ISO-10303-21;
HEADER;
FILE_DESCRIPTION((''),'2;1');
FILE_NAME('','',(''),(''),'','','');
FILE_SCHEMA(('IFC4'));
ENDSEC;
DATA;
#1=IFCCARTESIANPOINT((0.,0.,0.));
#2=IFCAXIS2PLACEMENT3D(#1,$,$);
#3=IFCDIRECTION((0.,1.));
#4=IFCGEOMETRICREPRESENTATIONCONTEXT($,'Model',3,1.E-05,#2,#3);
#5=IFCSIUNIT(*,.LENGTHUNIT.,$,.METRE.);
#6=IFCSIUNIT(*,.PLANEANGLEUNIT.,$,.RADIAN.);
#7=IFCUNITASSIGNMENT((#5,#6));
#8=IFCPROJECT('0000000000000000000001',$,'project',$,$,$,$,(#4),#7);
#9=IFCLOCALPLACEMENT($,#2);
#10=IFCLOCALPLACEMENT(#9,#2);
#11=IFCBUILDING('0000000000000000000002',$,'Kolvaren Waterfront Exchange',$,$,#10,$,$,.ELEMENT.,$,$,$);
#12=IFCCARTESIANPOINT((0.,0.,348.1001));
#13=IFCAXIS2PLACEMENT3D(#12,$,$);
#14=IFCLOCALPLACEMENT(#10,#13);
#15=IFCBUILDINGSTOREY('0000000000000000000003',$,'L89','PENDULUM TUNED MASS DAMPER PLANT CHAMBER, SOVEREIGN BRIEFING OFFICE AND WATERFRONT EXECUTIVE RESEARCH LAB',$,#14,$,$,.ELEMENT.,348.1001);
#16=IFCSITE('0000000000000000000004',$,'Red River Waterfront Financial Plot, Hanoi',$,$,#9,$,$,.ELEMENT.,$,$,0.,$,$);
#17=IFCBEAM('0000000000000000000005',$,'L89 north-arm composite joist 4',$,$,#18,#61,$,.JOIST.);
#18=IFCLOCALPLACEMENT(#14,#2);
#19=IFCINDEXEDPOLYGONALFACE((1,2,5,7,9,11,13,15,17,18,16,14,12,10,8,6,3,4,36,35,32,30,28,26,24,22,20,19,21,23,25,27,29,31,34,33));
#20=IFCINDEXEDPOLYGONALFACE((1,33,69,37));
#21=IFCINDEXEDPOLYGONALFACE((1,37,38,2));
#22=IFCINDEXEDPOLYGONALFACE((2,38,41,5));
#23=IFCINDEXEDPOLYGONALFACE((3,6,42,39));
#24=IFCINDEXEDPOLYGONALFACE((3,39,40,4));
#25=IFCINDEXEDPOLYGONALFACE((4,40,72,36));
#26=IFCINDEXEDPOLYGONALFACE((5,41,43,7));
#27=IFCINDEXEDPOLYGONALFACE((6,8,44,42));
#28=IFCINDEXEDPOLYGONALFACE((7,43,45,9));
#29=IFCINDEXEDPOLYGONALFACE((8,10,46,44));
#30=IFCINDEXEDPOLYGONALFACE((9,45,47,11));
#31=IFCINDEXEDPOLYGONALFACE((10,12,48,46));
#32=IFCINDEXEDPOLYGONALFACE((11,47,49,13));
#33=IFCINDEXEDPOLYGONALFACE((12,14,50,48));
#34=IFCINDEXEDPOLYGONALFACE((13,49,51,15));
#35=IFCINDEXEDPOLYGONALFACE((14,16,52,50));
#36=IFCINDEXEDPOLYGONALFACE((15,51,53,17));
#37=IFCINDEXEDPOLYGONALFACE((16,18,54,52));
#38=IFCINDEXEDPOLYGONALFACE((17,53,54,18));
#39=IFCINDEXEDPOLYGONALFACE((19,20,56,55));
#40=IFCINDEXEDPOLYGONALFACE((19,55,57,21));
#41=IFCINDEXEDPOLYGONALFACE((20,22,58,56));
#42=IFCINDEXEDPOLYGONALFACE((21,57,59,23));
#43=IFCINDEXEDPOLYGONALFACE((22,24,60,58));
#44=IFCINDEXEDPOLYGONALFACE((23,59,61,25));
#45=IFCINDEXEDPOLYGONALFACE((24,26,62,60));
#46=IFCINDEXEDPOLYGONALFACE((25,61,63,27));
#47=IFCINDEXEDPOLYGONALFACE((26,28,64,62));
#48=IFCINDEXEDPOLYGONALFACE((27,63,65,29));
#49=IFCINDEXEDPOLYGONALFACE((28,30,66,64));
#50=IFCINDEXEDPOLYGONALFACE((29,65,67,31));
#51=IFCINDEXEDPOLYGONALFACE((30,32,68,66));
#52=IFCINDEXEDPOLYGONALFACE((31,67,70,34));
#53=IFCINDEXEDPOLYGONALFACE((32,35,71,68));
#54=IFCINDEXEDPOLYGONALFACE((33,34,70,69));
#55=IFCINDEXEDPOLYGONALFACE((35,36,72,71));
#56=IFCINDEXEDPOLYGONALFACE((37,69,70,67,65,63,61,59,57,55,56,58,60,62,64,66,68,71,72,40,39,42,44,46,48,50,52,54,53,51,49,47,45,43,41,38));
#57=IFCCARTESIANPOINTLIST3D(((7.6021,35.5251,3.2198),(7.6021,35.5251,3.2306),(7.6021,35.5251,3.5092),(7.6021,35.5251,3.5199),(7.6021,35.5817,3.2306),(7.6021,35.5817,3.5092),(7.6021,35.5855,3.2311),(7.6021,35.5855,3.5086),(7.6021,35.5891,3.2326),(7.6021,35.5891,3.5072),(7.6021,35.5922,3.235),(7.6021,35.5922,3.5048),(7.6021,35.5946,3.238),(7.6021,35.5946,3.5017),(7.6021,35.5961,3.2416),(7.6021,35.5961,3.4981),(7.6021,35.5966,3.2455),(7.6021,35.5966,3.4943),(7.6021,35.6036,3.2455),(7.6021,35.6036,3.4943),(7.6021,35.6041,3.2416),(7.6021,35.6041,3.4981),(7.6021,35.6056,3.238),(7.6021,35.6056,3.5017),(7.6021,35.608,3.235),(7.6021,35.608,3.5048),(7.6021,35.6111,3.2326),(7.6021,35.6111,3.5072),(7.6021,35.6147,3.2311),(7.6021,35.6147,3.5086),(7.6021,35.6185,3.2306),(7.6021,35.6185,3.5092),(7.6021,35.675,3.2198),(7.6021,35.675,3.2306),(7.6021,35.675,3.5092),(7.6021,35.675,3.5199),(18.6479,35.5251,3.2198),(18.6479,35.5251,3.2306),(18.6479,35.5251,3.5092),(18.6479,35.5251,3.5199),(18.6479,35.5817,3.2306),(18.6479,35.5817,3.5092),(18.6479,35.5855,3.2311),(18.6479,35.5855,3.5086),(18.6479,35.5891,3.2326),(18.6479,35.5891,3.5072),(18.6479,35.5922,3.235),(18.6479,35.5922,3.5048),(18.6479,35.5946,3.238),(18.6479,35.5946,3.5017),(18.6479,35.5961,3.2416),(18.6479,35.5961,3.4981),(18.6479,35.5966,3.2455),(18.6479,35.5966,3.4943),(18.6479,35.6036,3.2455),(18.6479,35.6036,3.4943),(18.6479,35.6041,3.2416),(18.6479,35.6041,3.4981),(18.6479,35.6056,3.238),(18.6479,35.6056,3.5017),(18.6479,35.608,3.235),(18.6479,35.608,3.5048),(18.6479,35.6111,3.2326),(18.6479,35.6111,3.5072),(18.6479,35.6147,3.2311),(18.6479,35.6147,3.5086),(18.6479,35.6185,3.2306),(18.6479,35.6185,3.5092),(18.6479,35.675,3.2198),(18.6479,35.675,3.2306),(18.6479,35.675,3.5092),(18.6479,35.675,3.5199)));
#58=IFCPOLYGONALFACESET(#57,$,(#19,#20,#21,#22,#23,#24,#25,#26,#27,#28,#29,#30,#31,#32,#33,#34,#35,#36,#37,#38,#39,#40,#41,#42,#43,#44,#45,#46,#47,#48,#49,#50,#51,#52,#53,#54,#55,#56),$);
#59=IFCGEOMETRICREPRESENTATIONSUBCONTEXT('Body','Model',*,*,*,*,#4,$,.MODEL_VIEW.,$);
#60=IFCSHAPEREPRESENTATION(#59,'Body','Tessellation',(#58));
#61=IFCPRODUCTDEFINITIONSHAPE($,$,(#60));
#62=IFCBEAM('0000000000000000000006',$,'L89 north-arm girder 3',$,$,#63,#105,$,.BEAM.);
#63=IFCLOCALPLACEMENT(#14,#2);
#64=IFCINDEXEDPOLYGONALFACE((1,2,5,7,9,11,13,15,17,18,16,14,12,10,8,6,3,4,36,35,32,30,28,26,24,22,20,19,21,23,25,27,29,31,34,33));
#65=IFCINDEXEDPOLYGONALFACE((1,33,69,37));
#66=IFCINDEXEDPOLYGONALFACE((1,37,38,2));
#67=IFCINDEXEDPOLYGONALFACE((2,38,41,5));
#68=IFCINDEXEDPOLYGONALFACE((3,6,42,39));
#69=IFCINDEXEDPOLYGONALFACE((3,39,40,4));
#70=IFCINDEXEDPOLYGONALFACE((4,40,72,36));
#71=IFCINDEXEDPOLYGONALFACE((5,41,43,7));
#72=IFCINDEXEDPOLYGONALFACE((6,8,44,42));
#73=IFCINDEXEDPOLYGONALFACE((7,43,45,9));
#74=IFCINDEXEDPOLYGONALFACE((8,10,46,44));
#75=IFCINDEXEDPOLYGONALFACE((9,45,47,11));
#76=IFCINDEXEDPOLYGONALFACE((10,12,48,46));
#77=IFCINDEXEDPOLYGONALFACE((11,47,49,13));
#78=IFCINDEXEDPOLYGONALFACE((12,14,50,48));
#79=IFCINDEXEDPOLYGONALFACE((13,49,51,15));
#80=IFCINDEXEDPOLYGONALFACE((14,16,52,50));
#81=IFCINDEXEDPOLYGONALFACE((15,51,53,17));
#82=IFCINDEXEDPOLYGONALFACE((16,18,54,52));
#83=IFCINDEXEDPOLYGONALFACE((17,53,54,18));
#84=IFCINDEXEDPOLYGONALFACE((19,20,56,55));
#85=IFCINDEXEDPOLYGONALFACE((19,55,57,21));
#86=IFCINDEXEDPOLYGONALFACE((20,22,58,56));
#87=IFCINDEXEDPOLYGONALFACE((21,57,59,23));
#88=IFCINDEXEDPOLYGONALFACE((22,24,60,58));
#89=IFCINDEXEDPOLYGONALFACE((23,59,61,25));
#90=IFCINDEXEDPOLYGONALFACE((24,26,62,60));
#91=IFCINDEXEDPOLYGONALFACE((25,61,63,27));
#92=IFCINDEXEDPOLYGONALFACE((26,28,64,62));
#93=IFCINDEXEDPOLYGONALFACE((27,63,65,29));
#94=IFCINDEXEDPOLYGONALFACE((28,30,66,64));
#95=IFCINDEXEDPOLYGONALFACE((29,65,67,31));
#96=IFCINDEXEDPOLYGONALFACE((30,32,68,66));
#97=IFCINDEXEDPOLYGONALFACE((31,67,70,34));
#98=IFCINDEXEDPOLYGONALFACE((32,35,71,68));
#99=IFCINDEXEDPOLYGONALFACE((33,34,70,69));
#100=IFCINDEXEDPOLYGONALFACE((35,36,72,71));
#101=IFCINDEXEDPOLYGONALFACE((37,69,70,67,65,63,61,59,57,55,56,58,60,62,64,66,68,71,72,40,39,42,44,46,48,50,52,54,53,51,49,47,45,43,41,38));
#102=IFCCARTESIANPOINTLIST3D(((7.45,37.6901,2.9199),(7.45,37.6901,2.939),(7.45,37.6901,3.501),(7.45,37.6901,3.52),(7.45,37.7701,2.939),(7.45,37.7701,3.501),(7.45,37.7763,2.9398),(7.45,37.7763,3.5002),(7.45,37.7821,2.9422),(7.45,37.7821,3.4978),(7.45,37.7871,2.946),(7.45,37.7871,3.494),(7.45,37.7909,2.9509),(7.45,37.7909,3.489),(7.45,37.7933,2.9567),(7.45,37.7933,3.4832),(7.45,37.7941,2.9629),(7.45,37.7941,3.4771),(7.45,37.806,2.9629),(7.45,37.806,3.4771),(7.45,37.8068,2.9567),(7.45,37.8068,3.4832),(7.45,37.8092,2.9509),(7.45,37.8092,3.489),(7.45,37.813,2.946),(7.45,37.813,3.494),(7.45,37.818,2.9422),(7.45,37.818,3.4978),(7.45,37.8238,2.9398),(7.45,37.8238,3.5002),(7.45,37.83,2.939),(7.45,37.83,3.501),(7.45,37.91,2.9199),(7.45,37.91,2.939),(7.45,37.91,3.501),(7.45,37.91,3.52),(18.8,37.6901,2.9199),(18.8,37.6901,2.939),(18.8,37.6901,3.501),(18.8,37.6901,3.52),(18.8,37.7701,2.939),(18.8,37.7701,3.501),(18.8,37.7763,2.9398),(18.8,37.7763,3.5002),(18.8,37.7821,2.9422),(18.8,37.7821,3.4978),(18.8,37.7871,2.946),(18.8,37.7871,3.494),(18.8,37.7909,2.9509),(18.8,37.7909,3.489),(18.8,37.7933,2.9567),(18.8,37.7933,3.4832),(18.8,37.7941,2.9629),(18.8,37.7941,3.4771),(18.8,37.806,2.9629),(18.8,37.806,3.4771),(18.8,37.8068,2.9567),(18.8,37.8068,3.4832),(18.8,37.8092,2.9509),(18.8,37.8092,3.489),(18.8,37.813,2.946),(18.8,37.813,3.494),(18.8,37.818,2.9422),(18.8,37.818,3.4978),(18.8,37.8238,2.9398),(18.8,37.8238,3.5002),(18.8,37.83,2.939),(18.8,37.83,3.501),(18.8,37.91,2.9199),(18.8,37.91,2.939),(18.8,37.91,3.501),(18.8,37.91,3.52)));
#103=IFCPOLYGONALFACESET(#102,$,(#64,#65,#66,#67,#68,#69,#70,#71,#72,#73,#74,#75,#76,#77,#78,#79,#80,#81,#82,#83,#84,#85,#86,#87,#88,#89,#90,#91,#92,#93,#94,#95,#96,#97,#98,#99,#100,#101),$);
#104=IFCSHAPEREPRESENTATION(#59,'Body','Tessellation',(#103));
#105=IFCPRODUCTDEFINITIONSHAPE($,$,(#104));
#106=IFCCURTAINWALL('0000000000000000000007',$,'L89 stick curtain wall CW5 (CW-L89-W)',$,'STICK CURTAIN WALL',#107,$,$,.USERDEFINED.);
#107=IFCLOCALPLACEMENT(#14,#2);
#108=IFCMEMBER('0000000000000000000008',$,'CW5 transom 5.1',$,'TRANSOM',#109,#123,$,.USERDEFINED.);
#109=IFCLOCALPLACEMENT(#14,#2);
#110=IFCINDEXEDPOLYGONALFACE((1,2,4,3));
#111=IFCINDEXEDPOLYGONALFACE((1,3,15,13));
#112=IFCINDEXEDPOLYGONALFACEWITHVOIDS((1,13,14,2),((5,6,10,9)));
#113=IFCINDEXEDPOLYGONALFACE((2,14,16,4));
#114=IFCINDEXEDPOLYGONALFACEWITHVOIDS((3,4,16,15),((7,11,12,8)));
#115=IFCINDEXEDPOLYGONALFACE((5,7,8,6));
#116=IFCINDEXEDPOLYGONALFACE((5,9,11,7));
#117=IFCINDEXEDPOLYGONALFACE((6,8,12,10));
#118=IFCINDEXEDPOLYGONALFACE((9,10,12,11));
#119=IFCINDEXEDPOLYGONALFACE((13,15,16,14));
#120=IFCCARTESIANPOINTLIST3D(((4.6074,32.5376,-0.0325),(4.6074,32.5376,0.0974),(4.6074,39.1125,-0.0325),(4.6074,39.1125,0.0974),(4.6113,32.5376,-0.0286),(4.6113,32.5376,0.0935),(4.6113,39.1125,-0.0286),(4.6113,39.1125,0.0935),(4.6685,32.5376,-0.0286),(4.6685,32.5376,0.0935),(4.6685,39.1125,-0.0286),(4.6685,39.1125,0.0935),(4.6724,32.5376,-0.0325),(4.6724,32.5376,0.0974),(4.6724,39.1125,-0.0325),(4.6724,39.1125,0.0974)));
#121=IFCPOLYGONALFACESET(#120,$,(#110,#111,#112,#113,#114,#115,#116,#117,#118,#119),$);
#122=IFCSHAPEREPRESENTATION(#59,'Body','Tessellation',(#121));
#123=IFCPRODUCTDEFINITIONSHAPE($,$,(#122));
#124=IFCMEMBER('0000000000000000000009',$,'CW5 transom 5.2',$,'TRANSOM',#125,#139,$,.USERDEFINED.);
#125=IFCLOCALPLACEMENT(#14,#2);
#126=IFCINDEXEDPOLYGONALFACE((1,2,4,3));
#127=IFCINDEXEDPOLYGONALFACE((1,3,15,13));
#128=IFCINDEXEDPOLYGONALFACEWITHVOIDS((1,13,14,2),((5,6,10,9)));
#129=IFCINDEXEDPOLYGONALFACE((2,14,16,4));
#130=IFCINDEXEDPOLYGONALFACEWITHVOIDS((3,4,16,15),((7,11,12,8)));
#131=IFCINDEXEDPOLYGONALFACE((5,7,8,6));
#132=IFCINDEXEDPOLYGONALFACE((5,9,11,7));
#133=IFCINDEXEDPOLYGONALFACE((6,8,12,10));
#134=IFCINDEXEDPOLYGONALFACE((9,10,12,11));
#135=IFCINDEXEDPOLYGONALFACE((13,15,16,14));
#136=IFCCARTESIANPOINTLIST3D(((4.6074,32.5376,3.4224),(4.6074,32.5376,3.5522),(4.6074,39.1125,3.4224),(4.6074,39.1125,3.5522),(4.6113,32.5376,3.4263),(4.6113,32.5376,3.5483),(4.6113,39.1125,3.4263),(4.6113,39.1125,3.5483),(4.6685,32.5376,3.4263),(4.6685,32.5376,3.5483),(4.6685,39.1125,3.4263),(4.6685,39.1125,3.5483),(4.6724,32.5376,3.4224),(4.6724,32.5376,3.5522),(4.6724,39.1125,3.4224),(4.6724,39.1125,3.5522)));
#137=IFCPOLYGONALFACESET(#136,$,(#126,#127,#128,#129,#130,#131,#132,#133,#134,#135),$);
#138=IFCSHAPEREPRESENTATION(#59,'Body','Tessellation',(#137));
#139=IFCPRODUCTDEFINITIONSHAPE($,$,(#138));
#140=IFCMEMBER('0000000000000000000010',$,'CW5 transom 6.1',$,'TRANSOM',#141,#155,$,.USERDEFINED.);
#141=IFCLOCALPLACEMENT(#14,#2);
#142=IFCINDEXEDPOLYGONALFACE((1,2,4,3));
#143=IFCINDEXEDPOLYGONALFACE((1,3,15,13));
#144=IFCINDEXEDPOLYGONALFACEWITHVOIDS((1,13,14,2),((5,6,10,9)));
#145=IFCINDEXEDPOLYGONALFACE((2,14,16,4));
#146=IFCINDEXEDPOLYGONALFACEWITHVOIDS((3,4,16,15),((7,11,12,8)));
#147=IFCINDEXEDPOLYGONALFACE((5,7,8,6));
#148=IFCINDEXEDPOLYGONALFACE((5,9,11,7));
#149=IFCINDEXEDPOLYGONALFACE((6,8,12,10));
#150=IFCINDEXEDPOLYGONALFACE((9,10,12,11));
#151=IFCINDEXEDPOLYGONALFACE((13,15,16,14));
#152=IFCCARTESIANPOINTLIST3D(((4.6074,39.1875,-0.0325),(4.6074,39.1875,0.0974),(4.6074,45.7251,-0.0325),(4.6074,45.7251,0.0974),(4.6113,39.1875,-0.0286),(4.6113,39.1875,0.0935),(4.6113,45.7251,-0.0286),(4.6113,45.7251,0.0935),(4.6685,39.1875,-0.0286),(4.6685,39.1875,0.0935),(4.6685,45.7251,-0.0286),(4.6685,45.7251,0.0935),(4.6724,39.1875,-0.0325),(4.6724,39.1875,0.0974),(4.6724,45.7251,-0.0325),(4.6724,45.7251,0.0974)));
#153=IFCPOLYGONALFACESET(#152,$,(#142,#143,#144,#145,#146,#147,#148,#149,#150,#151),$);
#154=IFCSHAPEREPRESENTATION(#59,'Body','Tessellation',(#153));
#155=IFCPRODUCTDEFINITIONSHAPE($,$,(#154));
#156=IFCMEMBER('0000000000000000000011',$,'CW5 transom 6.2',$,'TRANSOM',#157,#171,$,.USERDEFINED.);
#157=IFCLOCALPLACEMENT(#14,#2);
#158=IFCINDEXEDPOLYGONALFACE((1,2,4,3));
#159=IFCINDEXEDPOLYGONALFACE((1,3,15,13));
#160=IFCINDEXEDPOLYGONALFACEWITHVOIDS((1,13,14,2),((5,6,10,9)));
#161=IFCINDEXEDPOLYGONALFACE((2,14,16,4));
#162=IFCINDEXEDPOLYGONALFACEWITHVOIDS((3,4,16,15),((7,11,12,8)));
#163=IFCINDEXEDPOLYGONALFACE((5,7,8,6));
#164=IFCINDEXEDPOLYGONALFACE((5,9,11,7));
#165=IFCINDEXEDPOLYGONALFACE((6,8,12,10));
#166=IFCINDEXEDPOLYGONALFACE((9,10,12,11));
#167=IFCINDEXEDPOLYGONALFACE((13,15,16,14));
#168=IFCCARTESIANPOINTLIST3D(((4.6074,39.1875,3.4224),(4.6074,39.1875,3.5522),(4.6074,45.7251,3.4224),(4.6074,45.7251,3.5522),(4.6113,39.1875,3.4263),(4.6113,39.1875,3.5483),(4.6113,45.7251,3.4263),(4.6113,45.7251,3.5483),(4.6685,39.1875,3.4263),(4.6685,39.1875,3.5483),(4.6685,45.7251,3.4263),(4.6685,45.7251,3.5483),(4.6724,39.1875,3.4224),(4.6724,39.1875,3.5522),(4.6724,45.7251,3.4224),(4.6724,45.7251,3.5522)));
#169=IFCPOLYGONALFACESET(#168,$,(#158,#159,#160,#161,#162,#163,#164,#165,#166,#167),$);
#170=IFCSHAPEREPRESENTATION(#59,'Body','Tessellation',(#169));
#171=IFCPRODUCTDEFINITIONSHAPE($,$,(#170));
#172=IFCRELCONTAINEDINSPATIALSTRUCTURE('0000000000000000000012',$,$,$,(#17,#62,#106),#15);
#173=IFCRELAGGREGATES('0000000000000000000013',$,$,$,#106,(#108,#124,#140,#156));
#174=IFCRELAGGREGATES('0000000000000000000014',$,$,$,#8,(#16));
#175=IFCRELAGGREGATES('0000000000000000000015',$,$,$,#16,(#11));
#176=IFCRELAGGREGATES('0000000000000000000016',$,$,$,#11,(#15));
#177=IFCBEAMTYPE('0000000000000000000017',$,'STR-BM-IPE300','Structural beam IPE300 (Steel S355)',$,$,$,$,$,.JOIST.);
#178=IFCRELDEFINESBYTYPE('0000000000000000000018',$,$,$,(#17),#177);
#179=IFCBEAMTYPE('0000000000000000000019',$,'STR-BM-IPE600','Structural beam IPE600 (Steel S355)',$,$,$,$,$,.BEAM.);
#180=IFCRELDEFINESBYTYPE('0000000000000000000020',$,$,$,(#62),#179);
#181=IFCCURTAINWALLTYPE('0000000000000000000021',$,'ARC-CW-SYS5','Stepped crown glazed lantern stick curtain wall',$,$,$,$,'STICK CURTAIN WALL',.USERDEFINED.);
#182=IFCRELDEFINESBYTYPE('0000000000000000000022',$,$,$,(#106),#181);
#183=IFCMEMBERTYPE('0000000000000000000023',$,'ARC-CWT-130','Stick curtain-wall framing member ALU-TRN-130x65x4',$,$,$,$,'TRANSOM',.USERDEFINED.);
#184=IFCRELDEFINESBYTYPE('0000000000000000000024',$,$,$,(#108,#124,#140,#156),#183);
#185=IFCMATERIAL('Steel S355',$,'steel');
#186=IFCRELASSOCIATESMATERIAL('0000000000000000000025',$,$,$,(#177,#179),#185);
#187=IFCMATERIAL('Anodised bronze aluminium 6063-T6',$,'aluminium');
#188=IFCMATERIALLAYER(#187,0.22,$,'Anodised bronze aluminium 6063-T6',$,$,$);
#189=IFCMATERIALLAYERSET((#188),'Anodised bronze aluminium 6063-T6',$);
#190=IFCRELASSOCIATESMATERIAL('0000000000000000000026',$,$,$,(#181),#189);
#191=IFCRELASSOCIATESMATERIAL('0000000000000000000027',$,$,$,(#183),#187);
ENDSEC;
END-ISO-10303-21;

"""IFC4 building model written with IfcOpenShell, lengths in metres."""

from ifc_helpers import new_model, si_unit, direction, frame, origin, origin_with_axes, origin_2d, place, context, subcontext, project, spatial, hollow_rectangle, i_section, extrude, source, transform, mapped, material, layer, layer_set, material_profile, profile_set, type_object, element, aggregate, save


model = new_model("IFC4")

# Units and contexts
model_context = context("Model", 3, precision=1e-05, world=origin(), true_north=direction((0.0, 1.0)))
body_context = subcontext(model_context, "Body", "Model", "MODEL_VIEW")
ifc_project = project(units=[si_unit("LENGTHUNIT", "METRE"), si_unit("PLANEANGLEUNIT", "RADIAN")], contexts=[model_context])

# Site, building, storey
site_placement = place(None, origin())
site = spatial("IfcSite", under=ifc_project, at=site_placement, Name="Red River Waterfront Financial Plot, Hanoi", CompositionType="ELEMENT", RefElevation=0.0)
building_placement = place(site_placement, origin())
building = spatial("IfcBuilding", under=site, at=building_placement, Name="Kolvaren Waterfront Exchange", CompositionType="ELEMENT")
storey_placement = place(building_placement, frame((0.0, 0.0, 348.1001)))
storey = spatial("IfcBuildingStorey", under=building, at=storey_placement, Name="L89", Description="PENDULUM TUNED MASS DAMPER PLANT CHAMBER, SOVEREIGN BRIEFING OFFICE AND WATERFRONT EXECUTIVE RESEARCH LAB", CompositionType="ELEMENT", Elevation=348.1001)

# Beams
ifc_material_1 = material(Name="Steel S355", Category="steel")
ifc_material_profile_1 = material_profile(ifc_material_1, i_section(OverallWidth=0.1499, OverallDepth=0.3, WebThickness=0.0071, FlangeThickness=0.0107, FilletRadius=0.0149, at=origin_2d()), Name="IPE300")
ifc_profile_set_1 = profile_set([ifc_material_profile_1], Name="Steel S355")
beam_type_1 = type_object("IfcBeamType", Name="STR-BM-IPE300", Description="Structural beam IPE300 (Steel S355)", PredefinedType="JOIST", material=ifc_profile_set_1)
for number, where, z_axis, x_axis, name in (
    (1, (7.6021, 35.6001, 3.3699), (1.0, 0.0, 0.0), (0.0, 1.0, 0.0), "L89 north-arm composite joist 4"),
):
    element("IfcBeam", number, at=place(storey_placement, frame(where, z_axis=z_axis, x_axis=x_axis)), inside=storey, type_object=beam_type_1, Name=name, PredefinedType="JOIST", context=body_context, shape_type="SweptSolid", body=[
        extrude(i_section(OverallWidth=0.1499, OverallDepth=0.3, WebThickness=0.0071, FlangeThickness=0.0107, FilletRadius=0.0149, at=origin_2d()), origin(), (0.0, 0.0, 1.0), 11.0459),
    ])
ifc_material_profile_2 = material_profile(ifc_material_1, i_section(OverallWidth=0.22, OverallDepth=0.6001, WebThickness=0.012, FlangeThickness=0.019, FilletRadius=0.0239, at=origin_2d()), Name="IPE600")
ifc_profile_set_2 = profile_set([ifc_material_profile_2], Name="Steel S355")
beam_type_2 = type_object("IfcBeamType", Name="STR-BM-IPE600", Description="Structural beam IPE600 (Steel S355)", PredefinedType="BEAM", material=ifc_profile_set_2)
beam_1_placement = place(storey_placement, frame((7.45, 37.8, 3.22), z_axis=(1.0, 0.0, 0.0), x_axis=(0.0, 1.0, 0.0)))
element("IfcBeam", 2, at=beam_1_placement, inside=storey, type_object=beam_type_2, Name="L89 north-arm girder 3", PredefinedType="BEAM", context=body_context, shape_type="SweptSolid", body=[
    extrude(i_section(OverallWidth=0.22, OverallDepth=0.6001, WebThickness=0.012, FlangeThickness=0.019, FilletRadius=0.0239, at=origin_2d()), origin(), (0.0, 0.0, 1.0), 11.3501),
])

# Curtain wall, members
ifc_material_2 = material(Name="Anodised bronze aluminium 6063-T6", Category="aluminium")
ifc_layer_1 = layer(ifc_material_2, 0.22, Name="Anodised bronze aluminium 6063-T6")
ifc_layer_set_1 = layer_set([ifc_layer_1], Name="Anodised bronze aluminium 6063-T6")
curtain_wall_type = type_object("IfcCurtainWallType", Name="ARC-CW-SYS5", Description="Stepped crown glazed lantern stick curtain wall", ElementType="STICK CURTAIN WALL", PredefinedType="USERDEFINED", material=ifc_layer_set_1)
curtain_wall_placement = place(storey_placement, origin())
curtain_wall = element("IfcCurtainWall", 3, at=curtain_wall_placement, inside=storey, type_object=curtain_wall_type, Name="L89 stick curtain wall CW5 (CW-L89-W)", ObjectType="STICK CURTAIN WALL", PredefinedType="USERDEFINED")
ifc_material_profile_3 = material_profile(ifc_material_2, hollow_rectangle(XDim=0.0649, YDim=0.1299, WallThickness=0.0039, at=origin_2d()), Name="ALU-TRN-130x65x4")
ifc_profile_set_3 = profile_set([ifc_material_profile_3], Name="Anodised bronze aluminium 6063-T6")
member_type_1 = type_object("IfcMemberType", Name="ARC-CWT-130", Description="Stick curtain-wall framing member ALU-TRN-130x65x4", ElementType="TRANSOM", PredefinedType="USERDEFINED", material=ifc_profile_set_3)
shared_shape_1 = source(origin_with_axes(), body_context, "Body", "SweptSolid", [
    extrude(hollow_rectangle(XDim=0.0649, YDim=0.1299, WallThickness=0.0039, at=origin_2d()), origin(), (0.0, 0.0, 1.0), 6.575),
])
member_1_placement = place(storey_placement, frame((4.6399, 32.5376, 0.0325), z_axis=(0.0, 1.0, 0.0), x_axis=(-1.0, 0.0, 0.0)))
member_1 = element("IfcMember", 4, at=member_1_placement, type_object=member_type_1, Name="CW5 transom 5.1", ObjectType="TRANSOM", PredefinedType="USERDEFINED", context=body_context, shape_type="MappedRepresentation", body=[
    mapped(shared_shape_1, transform((0.0, 0.0, 0.0), x_axis=(1.0, 0.0, 0.0), y_axis=(0.0, 1.0, 0.0), z_axis=(0.0, 0.0, 1.0), scale=1.0)),
])
member_2_placement = place(storey_placement, frame((4.6399, 32.5376, 3.4873), z_axis=(0.0, 1.0, 0.0), x_axis=(-1.0, 0.0, 0.0)))
member_2 = element("IfcMember", 5, at=member_2_placement, type_object=member_type_1, Name="CW5 transom 5.2", ObjectType="TRANSOM", PredefinedType="USERDEFINED", context=body_context, shape_type="MappedRepresentation", body=[
    mapped(shared_shape_1, transform((0.0, 0.0, 0.0), x_axis=(1.0, 0.0, 0.0), y_axis=(0.0, 1.0, 0.0), z_axis=(0.0, 0.0, 1.0), scale=1.0)),
])
shared_shape_2 = source(origin_with_axes(), body_context, "Body", "SweptSolid", [
    extrude(hollow_rectangle(XDim=0.0649, YDim=0.1299, WallThickness=0.0039, at=origin_2d()), origin(), (0.0, 0.0, 1.0), 6.5376),
])
member_3_placement = place(storey_placement, frame((4.6399, 39.1875, 0.0325), z_axis=(0.0, 1.0, 0.0), x_axis=(-1.0, 0.0, 0.0)))
member_3 = element("IfcMember", 6, at=member_3_placement, type_object=member_type_1, Name="CW5 transom 6.1", ObjectType="TRANSOM", PredefinedType="USERDEFINED", context=body_context, shape_type="MappedRepresentation", body=[
    mapped(shared_shape_2, transform((0.0, 0.0, 0.0), x_axis=(1.0, 0.0, 0.0), y_axis=(0.0, 1.0, 0.0), z_axis=(0.0, 0.0, 1.0), scale=1.0)),
])
member_4_placement = place(storey_placement, frame((4.6399, 39.1875, 3.4873), z_axis=(0.0, 1.0, 0.0), x_axis=(-1.0, 0.0, 0.0)))
member_4 = element("IfcMember", 7, at=member_4_placement, type_object=member_type_1, Name="CW5 transom 6.2", ObjectType="TRANSOM", PredefinedType="USERDEFINED", context=body_context, shape_type="MappedRepresentation", body=[
    mapped(shared_shape_2, transform((0.0, 0.0, 0.0), x_axis=(1.0, 0.0, 0.0), y_axis=(0.0, 1.0, 0.0), z_axis=(0.0, 0.0, 1.0), scale=1.0)),
])
aggregate(curtain_wall, [member_1, member_2, member_3, member_4])

save(model, "model.ifc")
